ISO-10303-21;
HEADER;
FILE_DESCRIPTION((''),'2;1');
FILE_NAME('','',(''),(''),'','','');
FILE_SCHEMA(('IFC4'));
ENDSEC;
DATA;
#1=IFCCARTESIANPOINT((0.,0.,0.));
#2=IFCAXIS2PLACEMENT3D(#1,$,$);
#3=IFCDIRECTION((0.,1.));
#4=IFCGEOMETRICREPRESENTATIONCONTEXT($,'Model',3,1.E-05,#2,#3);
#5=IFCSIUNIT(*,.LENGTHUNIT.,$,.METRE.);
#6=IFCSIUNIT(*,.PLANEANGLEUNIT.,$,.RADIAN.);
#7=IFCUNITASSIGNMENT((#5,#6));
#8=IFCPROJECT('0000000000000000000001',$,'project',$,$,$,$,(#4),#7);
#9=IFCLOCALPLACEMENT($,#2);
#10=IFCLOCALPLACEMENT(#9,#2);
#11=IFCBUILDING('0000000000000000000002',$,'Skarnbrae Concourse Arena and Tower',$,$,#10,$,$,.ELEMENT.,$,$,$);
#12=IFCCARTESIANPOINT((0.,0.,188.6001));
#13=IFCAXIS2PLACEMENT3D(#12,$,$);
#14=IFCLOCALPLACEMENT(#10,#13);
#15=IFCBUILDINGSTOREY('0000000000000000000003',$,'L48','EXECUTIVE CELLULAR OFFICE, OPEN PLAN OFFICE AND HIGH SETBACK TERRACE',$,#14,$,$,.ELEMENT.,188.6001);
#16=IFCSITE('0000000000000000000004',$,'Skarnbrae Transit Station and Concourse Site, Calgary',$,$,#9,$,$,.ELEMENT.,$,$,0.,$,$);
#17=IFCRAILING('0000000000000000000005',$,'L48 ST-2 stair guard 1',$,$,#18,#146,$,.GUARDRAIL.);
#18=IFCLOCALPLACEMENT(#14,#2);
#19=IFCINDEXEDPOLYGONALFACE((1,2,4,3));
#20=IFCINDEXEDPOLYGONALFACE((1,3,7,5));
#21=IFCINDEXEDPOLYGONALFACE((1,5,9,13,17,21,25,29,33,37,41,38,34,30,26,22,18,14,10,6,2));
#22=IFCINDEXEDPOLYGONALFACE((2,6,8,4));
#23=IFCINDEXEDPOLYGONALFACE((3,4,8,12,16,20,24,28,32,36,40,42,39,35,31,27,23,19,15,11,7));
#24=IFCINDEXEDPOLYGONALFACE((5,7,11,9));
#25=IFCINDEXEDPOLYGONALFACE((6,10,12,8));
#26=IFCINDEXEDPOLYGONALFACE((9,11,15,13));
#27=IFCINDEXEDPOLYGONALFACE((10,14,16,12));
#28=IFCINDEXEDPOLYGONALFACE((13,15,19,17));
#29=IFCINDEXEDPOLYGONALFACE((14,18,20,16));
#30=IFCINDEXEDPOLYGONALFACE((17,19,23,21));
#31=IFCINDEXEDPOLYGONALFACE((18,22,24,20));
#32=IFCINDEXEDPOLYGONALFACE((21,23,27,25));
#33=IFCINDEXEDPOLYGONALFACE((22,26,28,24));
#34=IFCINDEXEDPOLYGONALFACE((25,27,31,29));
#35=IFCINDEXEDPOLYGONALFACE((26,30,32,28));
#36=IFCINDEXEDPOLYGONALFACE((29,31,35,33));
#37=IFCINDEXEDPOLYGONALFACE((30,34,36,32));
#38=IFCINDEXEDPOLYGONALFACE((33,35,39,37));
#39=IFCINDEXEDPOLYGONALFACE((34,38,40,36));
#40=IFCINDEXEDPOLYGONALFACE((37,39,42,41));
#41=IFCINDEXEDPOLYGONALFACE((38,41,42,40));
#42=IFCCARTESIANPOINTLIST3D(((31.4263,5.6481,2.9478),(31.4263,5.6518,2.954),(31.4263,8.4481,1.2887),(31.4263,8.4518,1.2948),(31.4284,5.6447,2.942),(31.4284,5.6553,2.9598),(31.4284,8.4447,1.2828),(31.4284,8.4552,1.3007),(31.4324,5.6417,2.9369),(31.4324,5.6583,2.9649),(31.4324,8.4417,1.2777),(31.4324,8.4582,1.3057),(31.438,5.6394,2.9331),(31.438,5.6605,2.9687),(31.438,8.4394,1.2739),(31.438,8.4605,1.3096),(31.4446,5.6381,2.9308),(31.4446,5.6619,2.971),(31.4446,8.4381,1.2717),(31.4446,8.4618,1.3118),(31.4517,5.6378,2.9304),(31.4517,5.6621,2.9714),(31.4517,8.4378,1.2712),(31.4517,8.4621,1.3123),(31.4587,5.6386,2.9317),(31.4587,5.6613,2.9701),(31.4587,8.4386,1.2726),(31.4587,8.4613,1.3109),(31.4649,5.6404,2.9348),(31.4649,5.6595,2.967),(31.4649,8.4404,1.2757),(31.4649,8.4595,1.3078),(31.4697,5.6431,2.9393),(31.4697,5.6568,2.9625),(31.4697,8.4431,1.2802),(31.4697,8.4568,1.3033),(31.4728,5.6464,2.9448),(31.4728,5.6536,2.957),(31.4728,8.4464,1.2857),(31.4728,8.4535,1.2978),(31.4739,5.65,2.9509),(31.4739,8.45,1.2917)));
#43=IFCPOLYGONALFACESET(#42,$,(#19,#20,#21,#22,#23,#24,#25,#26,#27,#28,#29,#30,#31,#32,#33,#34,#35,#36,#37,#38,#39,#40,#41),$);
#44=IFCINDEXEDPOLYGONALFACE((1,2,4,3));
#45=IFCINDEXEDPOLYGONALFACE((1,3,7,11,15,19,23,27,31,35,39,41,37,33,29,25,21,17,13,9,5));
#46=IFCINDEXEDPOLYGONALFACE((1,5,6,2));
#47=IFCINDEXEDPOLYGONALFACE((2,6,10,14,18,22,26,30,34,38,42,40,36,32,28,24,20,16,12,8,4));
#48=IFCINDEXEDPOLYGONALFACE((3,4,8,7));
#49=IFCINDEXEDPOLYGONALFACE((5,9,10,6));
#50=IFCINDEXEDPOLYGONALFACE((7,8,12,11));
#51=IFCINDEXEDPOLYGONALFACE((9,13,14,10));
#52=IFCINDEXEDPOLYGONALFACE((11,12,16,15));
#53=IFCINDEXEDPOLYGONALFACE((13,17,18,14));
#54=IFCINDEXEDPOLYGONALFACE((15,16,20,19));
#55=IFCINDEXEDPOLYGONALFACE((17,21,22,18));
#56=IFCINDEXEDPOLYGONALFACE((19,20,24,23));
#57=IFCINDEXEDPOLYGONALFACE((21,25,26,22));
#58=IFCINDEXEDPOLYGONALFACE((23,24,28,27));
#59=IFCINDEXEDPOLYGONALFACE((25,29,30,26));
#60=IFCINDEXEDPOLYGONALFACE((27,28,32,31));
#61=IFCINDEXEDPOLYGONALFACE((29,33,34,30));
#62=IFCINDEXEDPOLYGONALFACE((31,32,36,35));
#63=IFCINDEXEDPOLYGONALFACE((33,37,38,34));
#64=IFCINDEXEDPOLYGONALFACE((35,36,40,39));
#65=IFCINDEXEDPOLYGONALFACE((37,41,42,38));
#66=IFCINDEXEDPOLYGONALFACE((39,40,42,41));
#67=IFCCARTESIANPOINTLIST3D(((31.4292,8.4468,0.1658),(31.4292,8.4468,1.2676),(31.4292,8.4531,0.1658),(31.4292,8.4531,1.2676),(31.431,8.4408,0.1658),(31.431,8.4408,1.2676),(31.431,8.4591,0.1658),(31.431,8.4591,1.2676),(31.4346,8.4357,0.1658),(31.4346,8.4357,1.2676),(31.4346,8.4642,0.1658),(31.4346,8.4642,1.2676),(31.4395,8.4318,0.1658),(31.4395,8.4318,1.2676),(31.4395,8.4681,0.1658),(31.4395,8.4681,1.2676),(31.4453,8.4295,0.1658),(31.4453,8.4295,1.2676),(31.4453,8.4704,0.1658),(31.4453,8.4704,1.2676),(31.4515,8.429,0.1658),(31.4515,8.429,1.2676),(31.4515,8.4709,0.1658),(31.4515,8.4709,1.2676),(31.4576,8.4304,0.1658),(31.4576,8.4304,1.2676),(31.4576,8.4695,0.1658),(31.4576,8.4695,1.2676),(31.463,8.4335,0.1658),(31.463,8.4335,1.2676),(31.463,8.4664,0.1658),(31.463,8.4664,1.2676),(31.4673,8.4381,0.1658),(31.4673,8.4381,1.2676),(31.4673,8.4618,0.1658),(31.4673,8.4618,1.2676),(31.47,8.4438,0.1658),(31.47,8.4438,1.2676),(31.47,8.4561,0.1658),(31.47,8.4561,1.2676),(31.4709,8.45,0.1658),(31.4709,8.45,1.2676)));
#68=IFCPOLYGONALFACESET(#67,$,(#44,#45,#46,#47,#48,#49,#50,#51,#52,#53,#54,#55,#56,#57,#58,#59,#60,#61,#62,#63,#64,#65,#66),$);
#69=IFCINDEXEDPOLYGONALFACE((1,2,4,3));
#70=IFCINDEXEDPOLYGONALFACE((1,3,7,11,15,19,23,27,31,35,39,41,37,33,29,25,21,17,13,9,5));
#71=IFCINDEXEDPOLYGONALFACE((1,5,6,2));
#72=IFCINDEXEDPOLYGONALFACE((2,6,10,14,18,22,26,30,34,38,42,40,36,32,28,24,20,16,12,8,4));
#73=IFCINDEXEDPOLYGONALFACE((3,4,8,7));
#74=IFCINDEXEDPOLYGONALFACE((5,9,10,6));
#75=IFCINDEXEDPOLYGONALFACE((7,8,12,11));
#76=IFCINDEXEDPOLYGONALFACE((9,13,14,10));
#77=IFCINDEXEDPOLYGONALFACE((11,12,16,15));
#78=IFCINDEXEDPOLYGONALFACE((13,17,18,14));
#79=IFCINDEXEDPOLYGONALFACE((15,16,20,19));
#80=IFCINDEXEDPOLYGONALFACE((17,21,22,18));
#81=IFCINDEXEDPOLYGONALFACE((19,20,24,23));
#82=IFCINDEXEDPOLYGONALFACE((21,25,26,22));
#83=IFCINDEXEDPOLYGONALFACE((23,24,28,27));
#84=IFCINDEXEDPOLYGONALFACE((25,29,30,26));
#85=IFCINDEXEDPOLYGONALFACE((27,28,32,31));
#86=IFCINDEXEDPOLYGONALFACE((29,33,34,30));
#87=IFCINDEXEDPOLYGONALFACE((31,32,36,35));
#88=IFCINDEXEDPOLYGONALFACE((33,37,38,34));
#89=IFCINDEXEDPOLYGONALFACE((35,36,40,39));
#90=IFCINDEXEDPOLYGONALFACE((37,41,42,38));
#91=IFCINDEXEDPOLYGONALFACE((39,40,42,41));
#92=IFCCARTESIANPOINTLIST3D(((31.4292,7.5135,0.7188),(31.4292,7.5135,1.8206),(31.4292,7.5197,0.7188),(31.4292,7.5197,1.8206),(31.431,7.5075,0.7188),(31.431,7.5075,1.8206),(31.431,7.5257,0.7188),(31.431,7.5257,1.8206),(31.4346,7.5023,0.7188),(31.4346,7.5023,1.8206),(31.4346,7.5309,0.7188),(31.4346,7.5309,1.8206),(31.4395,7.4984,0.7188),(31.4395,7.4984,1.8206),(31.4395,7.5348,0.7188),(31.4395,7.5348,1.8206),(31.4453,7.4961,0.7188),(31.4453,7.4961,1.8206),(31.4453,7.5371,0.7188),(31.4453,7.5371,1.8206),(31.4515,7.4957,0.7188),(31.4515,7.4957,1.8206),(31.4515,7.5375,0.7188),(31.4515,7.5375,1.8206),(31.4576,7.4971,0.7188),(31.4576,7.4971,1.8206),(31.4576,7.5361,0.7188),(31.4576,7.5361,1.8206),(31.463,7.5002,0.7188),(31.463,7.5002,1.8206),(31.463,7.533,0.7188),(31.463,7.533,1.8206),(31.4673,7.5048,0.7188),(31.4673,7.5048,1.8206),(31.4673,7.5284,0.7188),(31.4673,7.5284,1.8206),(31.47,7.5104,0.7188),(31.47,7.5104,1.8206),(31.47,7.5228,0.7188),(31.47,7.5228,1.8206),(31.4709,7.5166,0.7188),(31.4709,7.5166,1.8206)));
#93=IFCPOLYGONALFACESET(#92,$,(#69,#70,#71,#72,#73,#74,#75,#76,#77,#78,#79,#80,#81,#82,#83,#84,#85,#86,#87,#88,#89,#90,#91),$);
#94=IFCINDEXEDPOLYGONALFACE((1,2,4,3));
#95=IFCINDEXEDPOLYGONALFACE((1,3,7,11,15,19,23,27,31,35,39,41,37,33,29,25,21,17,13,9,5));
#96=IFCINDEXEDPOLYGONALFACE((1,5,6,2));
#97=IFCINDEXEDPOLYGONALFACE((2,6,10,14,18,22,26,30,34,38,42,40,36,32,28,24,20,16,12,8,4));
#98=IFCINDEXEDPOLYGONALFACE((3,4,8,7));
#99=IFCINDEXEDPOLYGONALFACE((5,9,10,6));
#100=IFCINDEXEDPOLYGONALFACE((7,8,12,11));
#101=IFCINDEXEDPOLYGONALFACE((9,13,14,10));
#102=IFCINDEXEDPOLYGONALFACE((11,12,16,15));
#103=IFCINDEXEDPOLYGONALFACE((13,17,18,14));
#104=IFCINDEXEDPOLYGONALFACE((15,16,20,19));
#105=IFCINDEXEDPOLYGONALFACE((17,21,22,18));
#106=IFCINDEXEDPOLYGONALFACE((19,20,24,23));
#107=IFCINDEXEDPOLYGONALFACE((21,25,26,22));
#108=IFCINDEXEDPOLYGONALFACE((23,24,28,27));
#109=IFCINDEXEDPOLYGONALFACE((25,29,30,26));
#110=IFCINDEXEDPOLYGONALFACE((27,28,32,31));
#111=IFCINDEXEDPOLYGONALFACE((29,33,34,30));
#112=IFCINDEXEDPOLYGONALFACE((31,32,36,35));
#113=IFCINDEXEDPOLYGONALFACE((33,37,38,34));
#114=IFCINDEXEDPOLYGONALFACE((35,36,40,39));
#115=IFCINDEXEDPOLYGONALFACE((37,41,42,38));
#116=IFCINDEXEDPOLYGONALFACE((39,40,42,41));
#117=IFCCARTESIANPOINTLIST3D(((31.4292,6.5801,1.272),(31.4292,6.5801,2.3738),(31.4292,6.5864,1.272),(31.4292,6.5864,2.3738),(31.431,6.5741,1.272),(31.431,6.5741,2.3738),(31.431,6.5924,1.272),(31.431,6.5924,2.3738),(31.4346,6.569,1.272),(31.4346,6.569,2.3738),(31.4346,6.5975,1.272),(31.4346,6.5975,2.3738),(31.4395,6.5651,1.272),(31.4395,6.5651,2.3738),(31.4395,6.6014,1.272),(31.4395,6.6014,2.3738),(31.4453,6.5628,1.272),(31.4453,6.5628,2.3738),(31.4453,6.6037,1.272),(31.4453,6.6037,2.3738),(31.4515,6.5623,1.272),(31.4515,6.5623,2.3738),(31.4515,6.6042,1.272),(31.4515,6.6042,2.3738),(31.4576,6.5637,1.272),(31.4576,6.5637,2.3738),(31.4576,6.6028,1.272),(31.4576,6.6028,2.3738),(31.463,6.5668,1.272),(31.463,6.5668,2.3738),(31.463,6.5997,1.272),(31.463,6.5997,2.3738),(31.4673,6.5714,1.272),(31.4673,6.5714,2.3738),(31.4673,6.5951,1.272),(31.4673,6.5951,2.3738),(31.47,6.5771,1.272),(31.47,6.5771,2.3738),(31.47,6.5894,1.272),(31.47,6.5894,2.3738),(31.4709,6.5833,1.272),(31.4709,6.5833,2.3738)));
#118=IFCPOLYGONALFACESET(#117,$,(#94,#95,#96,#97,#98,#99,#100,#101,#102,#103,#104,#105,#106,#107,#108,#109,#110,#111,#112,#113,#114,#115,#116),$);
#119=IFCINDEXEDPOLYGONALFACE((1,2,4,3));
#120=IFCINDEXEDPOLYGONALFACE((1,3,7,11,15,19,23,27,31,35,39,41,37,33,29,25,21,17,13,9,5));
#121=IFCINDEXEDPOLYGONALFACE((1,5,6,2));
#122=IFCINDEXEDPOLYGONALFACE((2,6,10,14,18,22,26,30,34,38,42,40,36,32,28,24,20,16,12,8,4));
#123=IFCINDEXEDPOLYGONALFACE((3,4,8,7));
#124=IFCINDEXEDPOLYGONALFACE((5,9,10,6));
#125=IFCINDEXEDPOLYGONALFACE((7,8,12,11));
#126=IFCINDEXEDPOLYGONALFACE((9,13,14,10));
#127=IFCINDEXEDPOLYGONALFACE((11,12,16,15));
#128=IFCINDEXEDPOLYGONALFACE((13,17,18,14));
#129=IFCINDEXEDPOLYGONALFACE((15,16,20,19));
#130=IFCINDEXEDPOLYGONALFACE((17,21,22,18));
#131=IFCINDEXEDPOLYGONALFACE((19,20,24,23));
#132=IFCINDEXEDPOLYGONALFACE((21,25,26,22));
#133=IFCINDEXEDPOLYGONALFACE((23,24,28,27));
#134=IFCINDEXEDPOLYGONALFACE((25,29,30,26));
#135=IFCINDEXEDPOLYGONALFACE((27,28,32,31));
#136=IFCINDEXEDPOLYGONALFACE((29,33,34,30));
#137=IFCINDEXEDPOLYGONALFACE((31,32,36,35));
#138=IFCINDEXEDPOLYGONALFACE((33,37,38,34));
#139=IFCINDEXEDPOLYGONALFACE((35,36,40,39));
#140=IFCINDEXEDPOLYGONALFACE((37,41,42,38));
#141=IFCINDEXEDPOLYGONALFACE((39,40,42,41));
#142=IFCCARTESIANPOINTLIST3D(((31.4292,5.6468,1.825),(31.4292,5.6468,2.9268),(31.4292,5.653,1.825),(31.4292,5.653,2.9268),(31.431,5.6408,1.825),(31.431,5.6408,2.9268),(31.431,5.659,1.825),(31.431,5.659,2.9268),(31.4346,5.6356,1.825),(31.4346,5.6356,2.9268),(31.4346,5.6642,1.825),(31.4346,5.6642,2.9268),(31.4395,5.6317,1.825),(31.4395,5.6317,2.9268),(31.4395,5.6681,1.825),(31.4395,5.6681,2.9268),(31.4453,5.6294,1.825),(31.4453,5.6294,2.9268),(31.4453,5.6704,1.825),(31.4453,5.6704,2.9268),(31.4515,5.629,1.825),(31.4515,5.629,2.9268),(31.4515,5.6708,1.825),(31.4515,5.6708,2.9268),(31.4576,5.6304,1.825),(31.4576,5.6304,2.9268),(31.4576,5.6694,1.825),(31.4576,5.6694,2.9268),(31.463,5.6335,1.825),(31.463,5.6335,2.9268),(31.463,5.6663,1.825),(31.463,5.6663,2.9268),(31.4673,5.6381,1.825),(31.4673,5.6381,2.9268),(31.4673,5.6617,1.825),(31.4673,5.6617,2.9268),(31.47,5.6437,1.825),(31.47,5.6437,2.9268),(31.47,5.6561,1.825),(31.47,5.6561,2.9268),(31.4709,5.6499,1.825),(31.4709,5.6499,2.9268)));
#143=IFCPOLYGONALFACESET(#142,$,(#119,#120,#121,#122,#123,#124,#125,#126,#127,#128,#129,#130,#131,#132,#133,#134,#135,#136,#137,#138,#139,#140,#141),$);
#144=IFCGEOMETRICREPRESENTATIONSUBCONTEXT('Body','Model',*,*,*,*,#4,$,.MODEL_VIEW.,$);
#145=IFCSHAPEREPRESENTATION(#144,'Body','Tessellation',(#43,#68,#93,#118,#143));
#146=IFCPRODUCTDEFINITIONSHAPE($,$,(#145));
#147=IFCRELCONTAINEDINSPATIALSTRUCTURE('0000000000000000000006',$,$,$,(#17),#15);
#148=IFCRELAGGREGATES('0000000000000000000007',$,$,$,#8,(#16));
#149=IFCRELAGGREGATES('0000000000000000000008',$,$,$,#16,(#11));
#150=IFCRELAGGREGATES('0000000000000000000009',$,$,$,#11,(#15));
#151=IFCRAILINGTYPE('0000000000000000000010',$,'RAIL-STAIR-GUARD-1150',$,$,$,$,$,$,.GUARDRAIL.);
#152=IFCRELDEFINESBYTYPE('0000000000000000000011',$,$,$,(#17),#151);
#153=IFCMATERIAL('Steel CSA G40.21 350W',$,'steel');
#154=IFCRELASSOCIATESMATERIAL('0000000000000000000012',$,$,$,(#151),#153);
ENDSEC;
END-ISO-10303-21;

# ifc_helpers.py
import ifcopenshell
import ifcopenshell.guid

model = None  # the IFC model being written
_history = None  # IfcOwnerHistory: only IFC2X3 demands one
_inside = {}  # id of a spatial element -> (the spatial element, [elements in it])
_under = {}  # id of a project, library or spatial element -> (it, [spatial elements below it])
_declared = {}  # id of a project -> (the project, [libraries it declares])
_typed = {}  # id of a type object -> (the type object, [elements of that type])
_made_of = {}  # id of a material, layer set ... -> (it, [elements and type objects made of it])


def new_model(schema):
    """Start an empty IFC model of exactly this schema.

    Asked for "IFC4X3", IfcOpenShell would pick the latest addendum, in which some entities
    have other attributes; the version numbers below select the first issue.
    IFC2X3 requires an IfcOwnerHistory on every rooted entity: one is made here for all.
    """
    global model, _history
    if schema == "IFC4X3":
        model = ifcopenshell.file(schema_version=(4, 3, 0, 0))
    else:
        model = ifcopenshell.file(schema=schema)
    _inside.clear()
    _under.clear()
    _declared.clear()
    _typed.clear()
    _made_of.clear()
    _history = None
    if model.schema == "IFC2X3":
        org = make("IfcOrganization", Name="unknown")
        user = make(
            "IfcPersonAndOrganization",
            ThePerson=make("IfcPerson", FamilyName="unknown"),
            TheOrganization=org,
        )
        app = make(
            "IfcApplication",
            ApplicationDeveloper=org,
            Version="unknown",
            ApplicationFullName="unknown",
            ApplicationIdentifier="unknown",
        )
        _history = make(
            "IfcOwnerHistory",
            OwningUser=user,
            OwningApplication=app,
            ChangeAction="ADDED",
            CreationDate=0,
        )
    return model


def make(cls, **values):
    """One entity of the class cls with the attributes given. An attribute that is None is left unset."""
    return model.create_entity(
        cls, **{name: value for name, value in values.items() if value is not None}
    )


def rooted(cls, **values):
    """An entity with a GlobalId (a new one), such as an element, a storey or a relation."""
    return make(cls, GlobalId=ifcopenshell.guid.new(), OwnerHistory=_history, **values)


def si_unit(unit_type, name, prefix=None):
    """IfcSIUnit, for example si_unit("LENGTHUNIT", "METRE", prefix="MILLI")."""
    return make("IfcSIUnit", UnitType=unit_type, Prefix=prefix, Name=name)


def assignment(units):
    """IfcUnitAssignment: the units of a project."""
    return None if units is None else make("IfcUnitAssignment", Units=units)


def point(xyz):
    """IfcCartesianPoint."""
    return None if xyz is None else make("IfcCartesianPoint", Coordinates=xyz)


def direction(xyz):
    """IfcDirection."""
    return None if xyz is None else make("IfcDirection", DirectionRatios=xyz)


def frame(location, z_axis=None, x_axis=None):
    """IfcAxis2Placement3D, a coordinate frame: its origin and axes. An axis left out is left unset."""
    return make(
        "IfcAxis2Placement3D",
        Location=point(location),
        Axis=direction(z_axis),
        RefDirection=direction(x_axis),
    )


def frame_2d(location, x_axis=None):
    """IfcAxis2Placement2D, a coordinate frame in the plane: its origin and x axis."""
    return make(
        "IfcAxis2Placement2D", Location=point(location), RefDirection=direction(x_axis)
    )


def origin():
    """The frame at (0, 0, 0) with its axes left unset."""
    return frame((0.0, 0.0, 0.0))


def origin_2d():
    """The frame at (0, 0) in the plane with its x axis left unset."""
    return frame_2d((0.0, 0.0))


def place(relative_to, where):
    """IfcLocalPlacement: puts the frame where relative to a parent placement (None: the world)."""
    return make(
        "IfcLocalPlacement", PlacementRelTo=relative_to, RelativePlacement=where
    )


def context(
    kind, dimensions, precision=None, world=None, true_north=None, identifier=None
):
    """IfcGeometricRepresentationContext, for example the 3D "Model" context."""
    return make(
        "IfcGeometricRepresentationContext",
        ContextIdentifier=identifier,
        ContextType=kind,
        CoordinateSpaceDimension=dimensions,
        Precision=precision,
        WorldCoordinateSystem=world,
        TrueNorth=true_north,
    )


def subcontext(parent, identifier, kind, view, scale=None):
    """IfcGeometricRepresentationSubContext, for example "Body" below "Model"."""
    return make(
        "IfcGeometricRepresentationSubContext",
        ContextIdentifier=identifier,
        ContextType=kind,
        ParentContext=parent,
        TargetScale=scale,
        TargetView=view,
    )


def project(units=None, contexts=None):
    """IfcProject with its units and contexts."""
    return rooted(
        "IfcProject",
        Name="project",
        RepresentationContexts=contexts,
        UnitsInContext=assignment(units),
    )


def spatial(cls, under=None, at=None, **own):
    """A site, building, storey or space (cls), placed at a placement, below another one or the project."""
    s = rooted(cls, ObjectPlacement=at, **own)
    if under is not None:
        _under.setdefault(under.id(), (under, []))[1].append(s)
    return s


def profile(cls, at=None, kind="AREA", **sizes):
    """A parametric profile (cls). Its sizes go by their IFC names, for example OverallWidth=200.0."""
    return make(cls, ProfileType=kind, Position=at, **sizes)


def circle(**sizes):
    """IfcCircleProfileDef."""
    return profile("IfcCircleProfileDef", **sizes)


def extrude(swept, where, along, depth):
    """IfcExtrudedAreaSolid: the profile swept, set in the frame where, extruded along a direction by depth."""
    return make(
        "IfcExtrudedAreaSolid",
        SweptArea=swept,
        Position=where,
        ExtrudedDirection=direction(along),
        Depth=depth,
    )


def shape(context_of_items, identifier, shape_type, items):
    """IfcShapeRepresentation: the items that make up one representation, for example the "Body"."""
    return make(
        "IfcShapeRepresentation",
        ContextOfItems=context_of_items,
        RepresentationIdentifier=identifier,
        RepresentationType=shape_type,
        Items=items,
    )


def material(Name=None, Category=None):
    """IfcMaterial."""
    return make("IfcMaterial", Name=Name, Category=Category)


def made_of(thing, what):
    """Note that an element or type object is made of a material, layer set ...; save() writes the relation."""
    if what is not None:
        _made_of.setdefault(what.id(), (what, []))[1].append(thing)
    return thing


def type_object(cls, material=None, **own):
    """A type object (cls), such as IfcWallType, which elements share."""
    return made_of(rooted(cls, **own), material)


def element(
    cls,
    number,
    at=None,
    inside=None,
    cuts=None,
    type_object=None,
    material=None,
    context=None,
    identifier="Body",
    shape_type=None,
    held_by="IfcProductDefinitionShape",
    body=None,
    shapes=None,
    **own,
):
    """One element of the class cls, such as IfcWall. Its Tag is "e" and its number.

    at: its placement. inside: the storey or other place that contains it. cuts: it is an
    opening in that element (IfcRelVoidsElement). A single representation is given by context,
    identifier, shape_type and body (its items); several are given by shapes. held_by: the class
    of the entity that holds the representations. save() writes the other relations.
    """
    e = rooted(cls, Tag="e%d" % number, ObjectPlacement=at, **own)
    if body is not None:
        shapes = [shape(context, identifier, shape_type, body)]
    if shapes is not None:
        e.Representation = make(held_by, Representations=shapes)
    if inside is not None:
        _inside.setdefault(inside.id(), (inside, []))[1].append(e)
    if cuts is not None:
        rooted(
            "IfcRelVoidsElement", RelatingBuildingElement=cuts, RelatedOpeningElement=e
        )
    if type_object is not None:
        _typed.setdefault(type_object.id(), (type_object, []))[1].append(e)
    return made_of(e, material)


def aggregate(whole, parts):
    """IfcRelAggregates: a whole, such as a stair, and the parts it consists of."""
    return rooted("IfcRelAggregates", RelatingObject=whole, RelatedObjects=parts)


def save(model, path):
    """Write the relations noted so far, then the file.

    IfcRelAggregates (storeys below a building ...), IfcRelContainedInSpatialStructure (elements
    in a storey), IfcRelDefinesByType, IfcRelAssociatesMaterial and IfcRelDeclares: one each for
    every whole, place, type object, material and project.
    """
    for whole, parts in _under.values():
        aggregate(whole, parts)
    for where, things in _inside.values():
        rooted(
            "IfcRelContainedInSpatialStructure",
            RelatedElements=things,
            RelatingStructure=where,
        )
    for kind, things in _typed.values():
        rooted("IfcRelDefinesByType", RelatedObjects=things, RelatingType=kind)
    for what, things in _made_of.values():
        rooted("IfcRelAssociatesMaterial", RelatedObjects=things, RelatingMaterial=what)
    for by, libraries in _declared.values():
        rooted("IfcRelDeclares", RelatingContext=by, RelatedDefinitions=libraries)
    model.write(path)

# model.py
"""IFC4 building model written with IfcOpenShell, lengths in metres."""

from ifc_helpers import new_model, si_unit, direction, frame, origin, origin_2d, place, context, subcontext, project, spatial, circle, extrude, material, type_object, element, save


model = new_model("IFC4")

# Units and contexts
model_context = context("Model", 3, precision=1e-05, world=origin(), true_north=direction((0.0, 1.0)))
body_context = subcontext(model_context, "Body", "Model", "MODEL_VIEW")
ifc_project = project(units=[si_unit("LENGTHUNIT", "METRE"), si_unit("PLANEANGLEUNIT", "RADIAN")], contexts=[model_context])

# Site, building, storey
site_placement = place(None, origin())
site = spatial("IfcSite", under=ifc_project, at=site_placement, Name="Skarnbrae Transit Station and Concourse Site, Calgary", CompositionType="ELEMENT", RefElevation=0.0)
building_placement = place(site_placement, origin())
building = spatial("IfcBuilding", under=site, at=building_placement, Name="Skarnbrae Concourse Arena and Tower", CompositionType="ELEMENT")
storey_placement = place(building_placement, frame((0.0, 0.0, 188.6001)))
storey = spatial("IfcBuildingStorey", under=building, at=storey_placement, Name="L48", Description="EXECUTIVE CELLULAR OFFICE, OPEN PLAN OFFICE AND HIGH SETBACK TERRACE", CompositionType="ELEMENT", Elevation=188.6001)

# Shared definitions
ifc_material_1 = material(Name="Steel CSA G40.21 350W", Category="steel")

# Railing
railing_type_1 = type_object("IfcRailingType", Name="RAIL-STAIR-GUARD-1150", PredefinedType="GUARDRAIL", material=ifc_material_1)
railing_1_placement = place(storey_placement, frame((31.45, 8.45, 0.1658)))
element("IfcRailing", 1, at=railing_1_placement, inside=storey, type_object=railing_type_1, Name="L48 ST-2 stair guard 1", PredefinedType="GUARDRAIL", context=body_context, shape_type="SweptSolid", body=[
    extrude(circle(Radius=0.0239, at=origin_2d()), frame((0.0, 0.0, 1.126), z_axis=(0.0, -0.860306, 0.509778), x_axis=(1.0, 0.0, 0.0)), (0.0, 0.0, 1.0), 3.2546),
    extrude(circle(Radius=0.021, at=origin_2d()), origin(), (0.0, 0.0, 1.0), 1.1018),
    extrude(circle(Radius=0.021, at=origin_2d()), frame((0.0, -0.9333, 0.553)), (0.0, 0.0, 1.0), 1.1018),
    extrude(circle(Radius=0.021, at=origin_2d()), frame((0.0, -1.8667, 1.1062)), (0.0, 0.0, 1.0), 1.1018),
    extrude(circle(Radius=0.021, at=origin_2d()), frame((0.0, -2.8, 1.6592)), (0.0, 0.0, 1.0), 1.1018),
])

save(model, "model.ifc")
